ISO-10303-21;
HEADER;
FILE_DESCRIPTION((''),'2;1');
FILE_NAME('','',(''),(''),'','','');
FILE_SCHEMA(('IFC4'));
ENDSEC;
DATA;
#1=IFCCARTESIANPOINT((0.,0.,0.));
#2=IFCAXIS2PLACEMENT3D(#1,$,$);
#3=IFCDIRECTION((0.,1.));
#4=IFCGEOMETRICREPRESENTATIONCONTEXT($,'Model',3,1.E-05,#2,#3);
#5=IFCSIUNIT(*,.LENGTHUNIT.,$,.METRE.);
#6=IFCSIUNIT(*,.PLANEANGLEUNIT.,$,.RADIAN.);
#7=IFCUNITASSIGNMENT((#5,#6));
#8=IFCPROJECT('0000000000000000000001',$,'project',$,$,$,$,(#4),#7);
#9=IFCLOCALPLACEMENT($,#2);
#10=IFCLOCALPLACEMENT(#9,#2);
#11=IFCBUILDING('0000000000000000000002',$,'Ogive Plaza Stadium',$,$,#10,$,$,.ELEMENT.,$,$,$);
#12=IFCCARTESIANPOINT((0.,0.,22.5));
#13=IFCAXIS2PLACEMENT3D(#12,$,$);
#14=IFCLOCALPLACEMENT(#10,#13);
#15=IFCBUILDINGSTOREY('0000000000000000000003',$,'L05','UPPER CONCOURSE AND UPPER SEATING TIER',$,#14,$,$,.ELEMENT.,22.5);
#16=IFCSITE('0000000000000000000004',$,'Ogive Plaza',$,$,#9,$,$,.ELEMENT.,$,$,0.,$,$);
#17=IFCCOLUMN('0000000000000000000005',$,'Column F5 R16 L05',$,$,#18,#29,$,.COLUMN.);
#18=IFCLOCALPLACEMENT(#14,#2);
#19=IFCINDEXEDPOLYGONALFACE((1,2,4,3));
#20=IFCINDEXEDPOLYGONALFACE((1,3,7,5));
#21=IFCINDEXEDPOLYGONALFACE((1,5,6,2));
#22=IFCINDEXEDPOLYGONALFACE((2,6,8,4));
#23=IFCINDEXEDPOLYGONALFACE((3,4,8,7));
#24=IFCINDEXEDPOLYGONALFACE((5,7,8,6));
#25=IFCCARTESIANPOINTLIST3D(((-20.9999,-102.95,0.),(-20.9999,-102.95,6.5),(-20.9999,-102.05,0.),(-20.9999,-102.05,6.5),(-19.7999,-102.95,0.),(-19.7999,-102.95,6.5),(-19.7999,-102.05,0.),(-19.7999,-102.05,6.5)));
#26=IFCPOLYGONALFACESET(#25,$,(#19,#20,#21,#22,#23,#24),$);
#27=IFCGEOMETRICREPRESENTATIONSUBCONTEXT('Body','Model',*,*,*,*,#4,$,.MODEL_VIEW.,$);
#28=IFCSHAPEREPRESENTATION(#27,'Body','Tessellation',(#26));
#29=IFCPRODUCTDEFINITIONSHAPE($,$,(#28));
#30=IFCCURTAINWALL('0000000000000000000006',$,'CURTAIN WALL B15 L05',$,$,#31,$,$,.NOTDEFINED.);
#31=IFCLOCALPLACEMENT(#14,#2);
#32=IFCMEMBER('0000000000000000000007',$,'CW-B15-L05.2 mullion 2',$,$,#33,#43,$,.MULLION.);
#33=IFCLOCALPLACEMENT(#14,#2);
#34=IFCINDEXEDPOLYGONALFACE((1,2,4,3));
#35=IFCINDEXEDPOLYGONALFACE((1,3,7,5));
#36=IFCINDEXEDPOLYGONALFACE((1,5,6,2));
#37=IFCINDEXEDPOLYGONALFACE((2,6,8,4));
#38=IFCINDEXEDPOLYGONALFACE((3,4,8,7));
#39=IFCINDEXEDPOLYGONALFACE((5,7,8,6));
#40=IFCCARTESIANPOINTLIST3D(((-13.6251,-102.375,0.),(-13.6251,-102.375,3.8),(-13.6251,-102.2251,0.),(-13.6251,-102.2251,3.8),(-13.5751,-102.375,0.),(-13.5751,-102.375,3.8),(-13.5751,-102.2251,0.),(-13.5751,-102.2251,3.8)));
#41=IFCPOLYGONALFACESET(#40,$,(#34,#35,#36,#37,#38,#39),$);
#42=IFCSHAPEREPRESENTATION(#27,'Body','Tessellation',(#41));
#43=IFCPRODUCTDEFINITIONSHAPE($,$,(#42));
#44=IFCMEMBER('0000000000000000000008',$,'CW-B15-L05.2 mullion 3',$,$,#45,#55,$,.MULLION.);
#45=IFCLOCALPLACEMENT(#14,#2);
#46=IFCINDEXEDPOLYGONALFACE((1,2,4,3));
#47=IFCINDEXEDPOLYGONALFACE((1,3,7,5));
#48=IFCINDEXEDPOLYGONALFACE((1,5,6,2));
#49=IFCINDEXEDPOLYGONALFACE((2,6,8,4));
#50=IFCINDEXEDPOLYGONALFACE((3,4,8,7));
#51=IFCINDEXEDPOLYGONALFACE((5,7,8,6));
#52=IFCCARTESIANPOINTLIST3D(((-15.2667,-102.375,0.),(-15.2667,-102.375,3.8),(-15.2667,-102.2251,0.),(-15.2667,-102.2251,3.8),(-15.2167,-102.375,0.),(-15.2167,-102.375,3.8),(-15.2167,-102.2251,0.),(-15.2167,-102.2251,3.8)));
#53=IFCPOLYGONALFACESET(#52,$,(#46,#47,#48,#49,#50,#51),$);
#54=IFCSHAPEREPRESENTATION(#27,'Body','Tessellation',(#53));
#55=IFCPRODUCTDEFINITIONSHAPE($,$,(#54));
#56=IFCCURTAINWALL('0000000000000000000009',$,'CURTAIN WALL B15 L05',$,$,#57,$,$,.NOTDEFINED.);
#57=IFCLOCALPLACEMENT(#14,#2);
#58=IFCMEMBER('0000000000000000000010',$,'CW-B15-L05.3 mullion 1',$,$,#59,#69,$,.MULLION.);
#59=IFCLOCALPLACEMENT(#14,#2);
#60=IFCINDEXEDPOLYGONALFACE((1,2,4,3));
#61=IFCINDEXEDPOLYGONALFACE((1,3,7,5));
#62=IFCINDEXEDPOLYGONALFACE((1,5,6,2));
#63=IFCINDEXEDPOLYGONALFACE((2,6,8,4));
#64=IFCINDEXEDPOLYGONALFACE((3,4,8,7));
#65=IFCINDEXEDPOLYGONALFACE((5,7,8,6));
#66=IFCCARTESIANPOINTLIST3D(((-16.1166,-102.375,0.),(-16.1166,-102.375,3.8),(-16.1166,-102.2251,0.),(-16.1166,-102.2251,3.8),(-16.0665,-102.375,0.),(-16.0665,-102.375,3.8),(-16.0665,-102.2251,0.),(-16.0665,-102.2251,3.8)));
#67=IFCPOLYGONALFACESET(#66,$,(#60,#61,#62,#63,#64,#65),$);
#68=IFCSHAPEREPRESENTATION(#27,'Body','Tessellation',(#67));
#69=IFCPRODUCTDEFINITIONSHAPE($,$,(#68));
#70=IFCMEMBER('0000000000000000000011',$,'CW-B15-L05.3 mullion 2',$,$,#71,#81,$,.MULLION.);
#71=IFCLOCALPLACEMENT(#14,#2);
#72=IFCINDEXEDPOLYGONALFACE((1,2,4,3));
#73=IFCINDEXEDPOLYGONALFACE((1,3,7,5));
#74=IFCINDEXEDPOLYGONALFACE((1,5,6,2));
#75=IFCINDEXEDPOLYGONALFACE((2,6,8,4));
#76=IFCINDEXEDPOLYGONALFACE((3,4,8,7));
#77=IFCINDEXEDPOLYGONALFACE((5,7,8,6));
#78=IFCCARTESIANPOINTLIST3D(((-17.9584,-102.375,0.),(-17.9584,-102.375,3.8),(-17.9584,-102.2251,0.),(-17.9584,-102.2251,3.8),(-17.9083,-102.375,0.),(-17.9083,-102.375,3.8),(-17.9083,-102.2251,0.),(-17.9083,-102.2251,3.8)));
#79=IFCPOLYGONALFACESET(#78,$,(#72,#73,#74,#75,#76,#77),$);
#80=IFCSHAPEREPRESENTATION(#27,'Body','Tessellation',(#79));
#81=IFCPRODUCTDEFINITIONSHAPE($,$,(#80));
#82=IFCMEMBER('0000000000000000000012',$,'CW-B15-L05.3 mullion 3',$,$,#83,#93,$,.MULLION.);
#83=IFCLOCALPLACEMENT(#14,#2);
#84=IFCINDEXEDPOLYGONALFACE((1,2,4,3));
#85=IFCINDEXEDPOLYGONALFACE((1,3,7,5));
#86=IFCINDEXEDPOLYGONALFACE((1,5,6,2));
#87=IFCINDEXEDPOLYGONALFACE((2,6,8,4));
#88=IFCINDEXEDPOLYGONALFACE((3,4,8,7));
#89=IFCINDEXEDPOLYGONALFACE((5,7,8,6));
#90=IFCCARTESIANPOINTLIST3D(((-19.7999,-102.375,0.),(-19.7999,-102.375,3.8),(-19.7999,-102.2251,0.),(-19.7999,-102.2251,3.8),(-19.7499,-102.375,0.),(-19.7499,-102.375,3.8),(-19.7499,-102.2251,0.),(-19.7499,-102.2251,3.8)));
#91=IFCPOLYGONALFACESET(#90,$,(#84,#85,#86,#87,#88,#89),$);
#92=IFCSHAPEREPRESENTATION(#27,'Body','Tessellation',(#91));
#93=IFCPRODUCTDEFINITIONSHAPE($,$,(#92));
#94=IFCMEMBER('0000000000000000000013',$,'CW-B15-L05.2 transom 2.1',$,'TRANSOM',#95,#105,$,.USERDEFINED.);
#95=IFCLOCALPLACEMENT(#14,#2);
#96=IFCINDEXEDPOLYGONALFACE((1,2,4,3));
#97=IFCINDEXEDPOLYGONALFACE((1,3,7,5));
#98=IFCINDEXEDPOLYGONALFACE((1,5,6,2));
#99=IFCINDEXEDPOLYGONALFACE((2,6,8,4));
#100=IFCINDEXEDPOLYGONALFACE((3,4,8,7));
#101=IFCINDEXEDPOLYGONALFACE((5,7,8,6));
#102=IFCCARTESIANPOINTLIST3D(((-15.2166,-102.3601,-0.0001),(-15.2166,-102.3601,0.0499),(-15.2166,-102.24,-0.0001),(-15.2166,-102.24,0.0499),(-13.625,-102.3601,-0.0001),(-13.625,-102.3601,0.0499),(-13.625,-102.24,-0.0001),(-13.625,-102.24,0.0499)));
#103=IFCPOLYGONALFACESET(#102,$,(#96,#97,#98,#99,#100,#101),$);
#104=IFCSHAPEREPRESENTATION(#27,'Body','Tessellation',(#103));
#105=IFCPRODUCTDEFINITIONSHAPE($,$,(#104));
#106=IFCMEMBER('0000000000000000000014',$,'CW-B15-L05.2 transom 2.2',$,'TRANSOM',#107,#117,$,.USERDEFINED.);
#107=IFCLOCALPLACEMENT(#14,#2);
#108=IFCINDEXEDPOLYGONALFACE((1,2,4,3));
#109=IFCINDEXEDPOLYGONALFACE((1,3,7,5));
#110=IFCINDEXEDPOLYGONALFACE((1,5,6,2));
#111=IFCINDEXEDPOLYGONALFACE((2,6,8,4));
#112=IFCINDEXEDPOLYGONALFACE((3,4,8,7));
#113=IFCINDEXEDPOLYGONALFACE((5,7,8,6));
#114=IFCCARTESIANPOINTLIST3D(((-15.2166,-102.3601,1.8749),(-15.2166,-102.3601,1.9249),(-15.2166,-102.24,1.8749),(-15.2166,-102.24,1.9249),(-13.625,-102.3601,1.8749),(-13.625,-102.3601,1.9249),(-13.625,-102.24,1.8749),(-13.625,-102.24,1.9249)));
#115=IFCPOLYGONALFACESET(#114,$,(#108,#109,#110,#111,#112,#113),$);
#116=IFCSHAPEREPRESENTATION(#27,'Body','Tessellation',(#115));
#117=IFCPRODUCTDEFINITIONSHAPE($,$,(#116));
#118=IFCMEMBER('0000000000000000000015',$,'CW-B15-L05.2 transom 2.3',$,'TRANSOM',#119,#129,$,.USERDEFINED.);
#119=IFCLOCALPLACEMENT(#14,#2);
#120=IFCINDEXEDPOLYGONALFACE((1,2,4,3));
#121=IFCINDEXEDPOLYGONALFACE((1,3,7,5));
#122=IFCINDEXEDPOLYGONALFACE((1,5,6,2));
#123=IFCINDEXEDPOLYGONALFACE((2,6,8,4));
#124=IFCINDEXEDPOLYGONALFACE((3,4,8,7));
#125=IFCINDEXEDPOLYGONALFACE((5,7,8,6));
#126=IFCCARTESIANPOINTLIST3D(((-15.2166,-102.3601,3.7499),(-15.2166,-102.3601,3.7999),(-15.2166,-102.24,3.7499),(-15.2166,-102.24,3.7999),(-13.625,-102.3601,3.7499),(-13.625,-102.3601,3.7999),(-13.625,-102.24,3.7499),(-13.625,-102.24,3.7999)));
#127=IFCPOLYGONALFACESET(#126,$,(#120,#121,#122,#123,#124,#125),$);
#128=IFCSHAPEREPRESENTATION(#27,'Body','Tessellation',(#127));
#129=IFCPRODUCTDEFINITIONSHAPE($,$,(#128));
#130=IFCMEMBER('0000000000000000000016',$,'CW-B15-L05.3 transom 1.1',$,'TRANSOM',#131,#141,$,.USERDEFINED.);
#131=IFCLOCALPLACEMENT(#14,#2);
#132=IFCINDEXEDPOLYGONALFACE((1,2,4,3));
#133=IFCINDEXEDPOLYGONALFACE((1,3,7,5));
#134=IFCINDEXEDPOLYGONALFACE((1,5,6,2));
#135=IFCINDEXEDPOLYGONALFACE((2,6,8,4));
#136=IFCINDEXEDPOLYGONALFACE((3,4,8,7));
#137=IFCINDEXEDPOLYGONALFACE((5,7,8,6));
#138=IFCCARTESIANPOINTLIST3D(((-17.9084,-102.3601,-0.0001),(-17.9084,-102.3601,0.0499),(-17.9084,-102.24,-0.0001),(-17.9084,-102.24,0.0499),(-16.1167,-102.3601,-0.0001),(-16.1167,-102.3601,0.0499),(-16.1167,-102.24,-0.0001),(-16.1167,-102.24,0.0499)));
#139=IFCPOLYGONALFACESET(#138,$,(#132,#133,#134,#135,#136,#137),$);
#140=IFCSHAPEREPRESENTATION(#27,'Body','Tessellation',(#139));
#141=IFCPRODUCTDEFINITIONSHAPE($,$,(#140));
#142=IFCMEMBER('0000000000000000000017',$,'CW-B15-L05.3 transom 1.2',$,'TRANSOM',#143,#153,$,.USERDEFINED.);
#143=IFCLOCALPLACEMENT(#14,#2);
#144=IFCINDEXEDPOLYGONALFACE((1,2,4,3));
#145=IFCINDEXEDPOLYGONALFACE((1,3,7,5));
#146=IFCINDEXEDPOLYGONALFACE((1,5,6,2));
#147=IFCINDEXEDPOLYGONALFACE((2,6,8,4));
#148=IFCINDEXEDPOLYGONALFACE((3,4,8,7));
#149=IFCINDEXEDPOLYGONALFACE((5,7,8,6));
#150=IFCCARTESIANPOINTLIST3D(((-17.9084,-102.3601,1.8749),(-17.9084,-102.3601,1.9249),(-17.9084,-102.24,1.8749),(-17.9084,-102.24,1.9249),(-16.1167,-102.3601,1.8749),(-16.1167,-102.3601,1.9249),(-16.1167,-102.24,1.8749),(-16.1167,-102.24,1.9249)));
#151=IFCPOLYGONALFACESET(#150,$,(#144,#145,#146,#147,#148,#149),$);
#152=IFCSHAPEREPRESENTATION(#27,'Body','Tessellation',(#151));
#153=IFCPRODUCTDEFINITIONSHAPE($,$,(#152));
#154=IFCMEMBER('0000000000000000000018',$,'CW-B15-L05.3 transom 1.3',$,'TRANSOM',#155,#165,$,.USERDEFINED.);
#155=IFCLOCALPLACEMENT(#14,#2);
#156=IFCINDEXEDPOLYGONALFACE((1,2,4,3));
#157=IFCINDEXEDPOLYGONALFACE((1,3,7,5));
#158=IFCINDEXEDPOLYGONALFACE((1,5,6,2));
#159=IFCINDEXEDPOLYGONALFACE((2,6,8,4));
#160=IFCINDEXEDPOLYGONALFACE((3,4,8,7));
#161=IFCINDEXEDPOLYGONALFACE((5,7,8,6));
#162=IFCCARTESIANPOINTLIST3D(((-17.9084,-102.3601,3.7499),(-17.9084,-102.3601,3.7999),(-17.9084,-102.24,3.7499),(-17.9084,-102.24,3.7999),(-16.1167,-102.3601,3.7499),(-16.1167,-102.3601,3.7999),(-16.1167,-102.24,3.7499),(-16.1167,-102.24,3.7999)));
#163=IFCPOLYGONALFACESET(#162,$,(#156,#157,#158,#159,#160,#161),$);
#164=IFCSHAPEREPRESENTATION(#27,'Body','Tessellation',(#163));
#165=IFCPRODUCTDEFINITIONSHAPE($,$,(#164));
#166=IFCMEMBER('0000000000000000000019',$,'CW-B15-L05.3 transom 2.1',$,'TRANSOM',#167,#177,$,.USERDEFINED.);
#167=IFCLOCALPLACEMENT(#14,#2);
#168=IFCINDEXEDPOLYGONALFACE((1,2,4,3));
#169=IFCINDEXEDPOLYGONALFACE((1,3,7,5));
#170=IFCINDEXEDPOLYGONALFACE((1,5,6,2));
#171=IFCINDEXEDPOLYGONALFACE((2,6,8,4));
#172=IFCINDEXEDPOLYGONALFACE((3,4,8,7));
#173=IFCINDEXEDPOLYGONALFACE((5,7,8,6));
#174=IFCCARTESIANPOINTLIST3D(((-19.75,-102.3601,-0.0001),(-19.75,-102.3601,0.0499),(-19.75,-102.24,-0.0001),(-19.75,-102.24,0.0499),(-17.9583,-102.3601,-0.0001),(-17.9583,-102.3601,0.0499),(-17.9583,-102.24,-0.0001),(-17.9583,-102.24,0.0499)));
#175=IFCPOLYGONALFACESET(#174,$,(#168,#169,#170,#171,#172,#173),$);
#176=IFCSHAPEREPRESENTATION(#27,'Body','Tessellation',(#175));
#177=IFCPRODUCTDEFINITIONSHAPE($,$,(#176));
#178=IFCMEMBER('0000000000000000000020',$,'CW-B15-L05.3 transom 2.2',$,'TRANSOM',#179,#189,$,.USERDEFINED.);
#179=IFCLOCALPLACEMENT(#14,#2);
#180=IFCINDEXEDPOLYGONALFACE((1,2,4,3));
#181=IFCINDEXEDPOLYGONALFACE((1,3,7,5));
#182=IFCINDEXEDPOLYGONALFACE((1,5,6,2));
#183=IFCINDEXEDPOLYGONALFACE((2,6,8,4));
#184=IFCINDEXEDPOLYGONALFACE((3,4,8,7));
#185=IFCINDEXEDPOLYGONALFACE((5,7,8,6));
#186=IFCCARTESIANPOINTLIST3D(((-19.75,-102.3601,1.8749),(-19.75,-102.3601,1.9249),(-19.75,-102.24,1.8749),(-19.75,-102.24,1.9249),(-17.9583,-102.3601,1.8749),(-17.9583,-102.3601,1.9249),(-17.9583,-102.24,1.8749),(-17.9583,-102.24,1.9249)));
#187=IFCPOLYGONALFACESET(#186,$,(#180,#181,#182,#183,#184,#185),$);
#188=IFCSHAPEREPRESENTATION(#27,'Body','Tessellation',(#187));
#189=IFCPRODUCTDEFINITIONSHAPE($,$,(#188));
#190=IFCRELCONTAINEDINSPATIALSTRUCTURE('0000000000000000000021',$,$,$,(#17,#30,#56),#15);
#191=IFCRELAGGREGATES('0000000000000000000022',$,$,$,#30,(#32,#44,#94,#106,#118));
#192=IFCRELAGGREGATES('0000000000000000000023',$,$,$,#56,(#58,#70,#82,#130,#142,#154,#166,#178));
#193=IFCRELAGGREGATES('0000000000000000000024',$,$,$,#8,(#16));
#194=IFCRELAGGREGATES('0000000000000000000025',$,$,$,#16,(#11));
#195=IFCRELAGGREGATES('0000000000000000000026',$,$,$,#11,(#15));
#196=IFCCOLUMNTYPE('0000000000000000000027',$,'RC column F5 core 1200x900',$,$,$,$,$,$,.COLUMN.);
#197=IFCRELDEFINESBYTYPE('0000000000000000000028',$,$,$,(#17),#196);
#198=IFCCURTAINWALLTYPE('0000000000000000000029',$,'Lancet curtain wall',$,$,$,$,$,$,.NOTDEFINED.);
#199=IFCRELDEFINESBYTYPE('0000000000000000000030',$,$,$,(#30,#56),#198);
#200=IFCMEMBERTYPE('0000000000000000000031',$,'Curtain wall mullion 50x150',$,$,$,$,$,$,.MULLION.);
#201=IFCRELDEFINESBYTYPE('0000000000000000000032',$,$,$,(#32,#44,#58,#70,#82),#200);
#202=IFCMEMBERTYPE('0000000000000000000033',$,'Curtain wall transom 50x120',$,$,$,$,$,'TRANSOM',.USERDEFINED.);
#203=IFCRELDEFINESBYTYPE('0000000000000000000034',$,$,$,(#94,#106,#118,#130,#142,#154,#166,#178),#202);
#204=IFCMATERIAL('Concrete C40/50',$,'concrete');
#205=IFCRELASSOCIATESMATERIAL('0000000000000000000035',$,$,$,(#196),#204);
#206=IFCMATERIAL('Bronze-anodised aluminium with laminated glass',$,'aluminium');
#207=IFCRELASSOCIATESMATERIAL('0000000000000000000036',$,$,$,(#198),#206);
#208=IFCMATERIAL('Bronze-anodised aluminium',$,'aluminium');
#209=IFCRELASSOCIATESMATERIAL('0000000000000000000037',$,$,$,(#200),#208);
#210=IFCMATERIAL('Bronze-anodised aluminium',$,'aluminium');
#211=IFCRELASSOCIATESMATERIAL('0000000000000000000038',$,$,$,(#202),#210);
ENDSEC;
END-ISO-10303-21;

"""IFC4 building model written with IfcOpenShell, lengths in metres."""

from ifc_helpers import new_model, si_unit, direction, frame, origin, origin_2d, place, context, subcontext, project, spatial, rectangle, extrude, material, material_profile, profile_set, type_object, element, aggregate, save


model = new_model("IFC4")

# Units and contexts
model_context = context("Model", 3, precision=1e-05, world=origin(), true_north=direction((0.0, 1.0)))
body_context = subcontext(model_context, "Body", "Model", "MODEL_VIEW")
ifc_project = project(units=[si_unit("LENGTHUNIT", "METRE"), si_unit("PLANEANGLEUNIT", "RADIAN")], contexts=[model_context])

# Site, building, storey
site_placement = place(None, origin())
site = spatial("IfcSite", under=ifc_project, at=site_placement, Name="Ogive Plaza", CompositionType="ELEMENT", RefElevation=0.0)
building_placement = place(site_placement, origin())
building = spatial("IfcBuilding", under=site, at=building_placement, Name="Ogive Plaza Stadium", CompositionType="ELEMENT")
storey_placement = place(building_placement, frame((0.0, 0.0, 22.5)))
storey = spatial("IfcBuildingStorey", under=building, at=storey_placement, Name="L05", Description="UPPER CONCOURSE AND UPPER SEATING TIER", CompositionType="ELEMENT", Elevation=22.5)

# Column
ifc_material_1 = material(Name="Concrete C40/50", Category="concrete")
ifc_material_profile_1 = material_profile(ifc_material_1, rectangle(XDim=1.2, YDim=0.8999, at=origin_2d()), Name="RC 1200x900")
ifc_profile_set_1 = profile_set([ifc_material_profile_1], Name="Concrete C40/50")
column_type = type_object("IfcColumnType", Name="RC column F5 core 1200x900", PredefinedType="COLUMN", material=ifc_profile_set_1)
column_placement = place(storey_placement, frame((-20.3999, -102.5, 0.0), z_axis=(0.0, 0.0, 1.0), x_axis=(1.0, 0.0, 0.0)))
element("IfcColumn", 1, at=column_placement, inside=storey, type_object=column_type, Name="Column F5 R16 L05", PredefinedType="COLUMN", context=body_context, shape_type="SweptSolid", body=[
    extrude(rectangle(XDim=1.2, YDim=0.8999, at=origin_2d()), origin(), (0.0, 0.0, 1.0), 6.5),
])

# Curtain walls, members
ifc_material_2 = material(Name="Bronze-anodised aluminium with laminated glass", Category="aluminium")
curtain_wall_type = type_object("IfcCurtainWallType", Name="Lancet curtain wall", PredefinedType="NOTDEFINED", material=ifc_material_2)
curtain_wall_1_placement = place(storey_placement, origin())
curtain_wall_1 = element("IfcCurtainWall", 2, at=curtain_wall_1_placement, inside=storey, type_object=curtain_wall_type, Name="CURTAIN WALL B15 L05", PredefinedType="NOTDEFINED")
ifc_material_3 = material(Name="Bronze-anodised aluminium", Category="aluminium")
ifc_material_profile_2 = material_profile(ifc_material_3, rectangle(XDim=0.1499, YDim=0.05, at=origin_2d()), Name="AL 150x50")
ifc_profile_set_2 = profile_set([ifc_material_profile_2], Name="Bronze-anodised aluminium")
member_type_1 = type_object("IfcMemberType", Name="Curtain wall mullion 50x150", PredefinedType="MULLION", material=ifc_profile_set_2)
member_1_placement = place(storey_placement, frame((-13.6001, -102.3, 0.0), z_axis=(0.0, 0.0, 1.0), x_axis=(0.0, -1.0, 0.0)))
member_1 = element("IfcMember", 3, at=member_1_placement, type_object=member_type_1, Name="CW-B15-L05.2 mullion 2", PredefinedType="MULLION", context=body_context, shape_type="SweptSolid", body=[
    extrude(rectangle(XDim=0.1499, YDim=0.05, at=origin_2d()), origin(), (0.0, 0.0, 1.0), 3.8),
])
member_2_placement = place(storey_placement, frame((-15.2417, -102.3, 0.0), z_axis=(0.0, 0.0, 1.0), x_axis=(0.0, -1.0, 0.0)))
member_2 = element("IfcMember", 4, at=member_2_placement, type_object=member_type_1, Name="CW-B15-L05.2 mullion 3", PredefinedType="MULLION", context=body_context, shape_type="SweptSolid", body=[
    extrude(rectangle(XDim=0.1499, YDim=0.05, at=origin_2d()), origin(), (0.0, 0.0, 1.0), 3.8),
])
curtain_wall_2_placement = place(storey_placement, origin())
curtain_wall_2 = element("IfcCurtainWall", 5, at=curtain_wall_2_placement, inside=storey, type_object=curtain_wall_type, Name="CURTAIN WALL B15 L05", PredefinedType="NOTDEFINED")
member_3_placement = place(storey_placement, frame((-16.0916, -102.3, 0.0), z_axis=(0.0, 0.0, 1.0), x_axis=(0.0, -1.0, 0.0)))
member_3 = element("IfcMember", 6, at=member_3_placement, type_object=member_type_1, Name="CW-B15-L05.3 mullion 1", PredefinedType="MULLION", context=body_context, shape_type="SweptSolid", body=[
    extrude(rectangle(XDim=0.1499, YDim=0.05, at=origin_2d()), origin(), (0.0, 0.0, 1.0), 3.8),
])
member_4_placement = place(storey_placement, frame((-17.9333, -102.3, 0.0), z_axis=(0.0, 0.0, 1.0), x_axis=(0.0, -1.0, 0.0)))
member_4 = element("IfcMember", 7, at=member_4_placement, type_object=member_type_1, Name="CW-B15-L05.3 mullion 2", PredefinedType="MULLION", context=body_context, shape_type="SweptSolid", body=[
    extrude(rectangle(XDim=0.1499, YDim=0.05, at=origin_2d()), origin(), (0.0, 0.0, 1.0), 3.8),
])
member_5_placement = place(storey_placement, frame((-19.7749, -102.3, 0.0), z_axis=(0.0, 0.0, 1.0), x_axis=(0.0, -1.0, 0.0)))
member_5 = element("IfcMember", 8, at=member_5_placement, type_object=member_type_1, Name="CW-B15-L05.3 mullion 3", PredefinedType="MULLION", context=body_context, shape_type="SweptSolid", body=[
    extrude(rectangle(XDim=0.1499, YDim=0.05, at=origin_2d()), origin(), (0.0, 0.0, 1.0), 3.8),
])

# Members
ifc_material_4 = material(Name="Bronze-anodised aluminium", Category="aluminium")
ifc_material_profile_3 = material_profile(ifc_material_4, rectangle(XDim=0.1201, YDim=0.05, at=origin_2d()), Name="AL 120x50")
ifc_profile_set_3 = profile_set([ifc_material_profile_3], Name="Bronze-anodised aluminium")
member_type_2 = type_object("IfcMemberType", Name="Curtain wall transom 50x120", ElementType="TRANSOM", PredefinedType="USERDEFINED", material=ifc_profile_set_3)
member_6_placement = place(storey_placement, frame((-13.625, -102.3, 0.0249), z_axis=(-1.0, 0.0, 0.0), x_axis=(0.0, -1.0, 0.0)))
member_6 = element("IfcMember", 9, at=member_6_placement, type_object=member_type_2, Name="CW-B15-L05.2 transom 2.1", ObjectType="TRANSOM", PredefinedType="USERDEFINED", context=body_context, shape_type="SweptSolid", body=[
    extrude(rectangle(XDim=0.1201, YDim=0.05, at=origin_2d()), origin(), (0.0, 0.0, 1.0), 1.5916),
])
member_7_placement = place(storey_placement, frame((-13.625, -102.3, 1.8999), z_axis=(-1.0, 0.0, 0.0), x_axis=(0.0, -1.0, 0.0)))
member_7 = element("IfcMember", 10, at=member_7_placement, type_object=member_type_2, Name="CW-B15-L05.2 transom 2.2", ObjectType="TRANSOM", PredefinedType="USERDEFINED", context=body_context, shape_type="SweptSolid", body=[
    extrude(rectangle(XDim=0.1201, YDim=0.05, at=origin_2d()), origin(), (0.0, 0.0, 1.0), 1.5916),
])
member_8_placement = place(storey_placement, frame((-13.625, -102.3, 3.7749), z_axis=(-1.0, 0.0, 0.0), x_axis=(0.0, -1.0, 0.0)))
member_8 = element("IfcMember", 11, at=member_8_placement, type_object=member_type_2, Name="CW-B15-L05.2 transom 2.3", ObjectType="TRANSOM", PredefinedType="USERDEFINED", context=body_context, shape_type="SweptSolid", body=[
    extrude(rectangle(XDim=0.1201, YDim=0.05, at=origin_2d()), origin(), (0.0, 0.0, 1.0), 1.5916),
])
member_9_placement = place(storey_placement, frame((-16.1167, -102.3, 0.0249), z_axis=(-1.0, 0.0, 0.0), x_axis=(0.0, -1.0, 0.0)))
member_9 = element("IfcMember", 12, at=member_9_placement, type_object=member_type_2, Name="CW-B15-L05.3 transom 1.1", ObjectType="TRANSOM", PredefinedType="USERDEFINED", context=body_context, shape_type="SweptSolid", body=[
    extrude(rectangle(XDim=0.1201, YDim=0.05, at=origin_2d()), origin(), (0.0, 0.0, 1.0), 1.7917),
])
member_10_placement = place(storey_placement, frame((-16.1167, -102.3, 1.8999), z_axis=(-1.0, 0.0, 0.0), x_axis=(0.0, -1.0, 0.0)))
member_10 = element("IfcMember", 13, at=member_10_placement, type_object=member_type_2, Name="CW-B15-L05.3 transom 1.2", ObjectType="TRANSOM", PredefinedType="USERDEFINED", context=body_context, shape_type="SweptSolid", body=[
    extrude(rectangle(XDim=0.1201, YDim=0.05, at=origin_2d()), origin(), (0.0, 0.0, 1.0), 1.7917),
])
member_11_placement = place(storey_placement, frame((-16.1167, -102.3, 3.7749), z_axis=(-1.0, 0.0, 0.0), x_axis=(0.0, -1.0, 0.0)))
member_11 = element("IfcMember", 14, at=member_11_placement, type_object=member_type_2, Name="CW-B15-L05.3 transom 1.3", ObjectType="TRANSOM", PredefinedType="USERDEFINED", context=body_context, shape_type="SweptSolid", body=[
    extrude(rectangle(XDim=0.1201, YDim=0.05, at=origin_2d()), origin(), (0.0, 0.0, 1.0), 1.7917),
])
member_12_placement = place(storey_placement, frame((-17.9583, -102.3, 0.0249), z_axis=(-1.0, 0.0, 0.0), x_axis=(0.0, -1.0, 0.0)))
member_12 = element("IfcMember", 15, at=member_12_placement, type_object=member_type_2, Name="CW-B15-L05.3 transom 2.1", ObjectType="TRANSOM", PredefinedType="USERDEFINED", context=body_context, shape_type="SweptSolid", body=[
    extrude(rectangle(XDim=0.1201, YDim=0.05, at=origin_2d()), origin(), (0.0, 0.0, 1.0), 1.7917),
])
member_13_placement = place(storey_placement, frame((-17.9583, -102.3, 1.8999), z_axis=(-1.0, 0.0, 0.0), x_axis=(0.0, -1.0, 0.0)))
member_13 = element("IfcMember", 16, at=member_13_placement, type_object=member_type_2, Name="CW-B15-L05.3 transom 2.2", ObjectType="TRANSOM", PredefinedType="USERDEFINED", context=body_context, shape_type="SweptSolid", body=[
    extrude(rectangle(XDim=0.1201, YDim=0.05, at=origin_2d()), origin(), (0.0, 0.0, 1.0), 1.7917),
])

aggregate(curtain_wall_1, [member_1, member_2, member_6, member_7, member_8])
aggregate(curtain_wall_2, [member_3, member_4, member_5, member_9, member_10, member_11, member_12, member_13])

save(model, "model.ifc")
